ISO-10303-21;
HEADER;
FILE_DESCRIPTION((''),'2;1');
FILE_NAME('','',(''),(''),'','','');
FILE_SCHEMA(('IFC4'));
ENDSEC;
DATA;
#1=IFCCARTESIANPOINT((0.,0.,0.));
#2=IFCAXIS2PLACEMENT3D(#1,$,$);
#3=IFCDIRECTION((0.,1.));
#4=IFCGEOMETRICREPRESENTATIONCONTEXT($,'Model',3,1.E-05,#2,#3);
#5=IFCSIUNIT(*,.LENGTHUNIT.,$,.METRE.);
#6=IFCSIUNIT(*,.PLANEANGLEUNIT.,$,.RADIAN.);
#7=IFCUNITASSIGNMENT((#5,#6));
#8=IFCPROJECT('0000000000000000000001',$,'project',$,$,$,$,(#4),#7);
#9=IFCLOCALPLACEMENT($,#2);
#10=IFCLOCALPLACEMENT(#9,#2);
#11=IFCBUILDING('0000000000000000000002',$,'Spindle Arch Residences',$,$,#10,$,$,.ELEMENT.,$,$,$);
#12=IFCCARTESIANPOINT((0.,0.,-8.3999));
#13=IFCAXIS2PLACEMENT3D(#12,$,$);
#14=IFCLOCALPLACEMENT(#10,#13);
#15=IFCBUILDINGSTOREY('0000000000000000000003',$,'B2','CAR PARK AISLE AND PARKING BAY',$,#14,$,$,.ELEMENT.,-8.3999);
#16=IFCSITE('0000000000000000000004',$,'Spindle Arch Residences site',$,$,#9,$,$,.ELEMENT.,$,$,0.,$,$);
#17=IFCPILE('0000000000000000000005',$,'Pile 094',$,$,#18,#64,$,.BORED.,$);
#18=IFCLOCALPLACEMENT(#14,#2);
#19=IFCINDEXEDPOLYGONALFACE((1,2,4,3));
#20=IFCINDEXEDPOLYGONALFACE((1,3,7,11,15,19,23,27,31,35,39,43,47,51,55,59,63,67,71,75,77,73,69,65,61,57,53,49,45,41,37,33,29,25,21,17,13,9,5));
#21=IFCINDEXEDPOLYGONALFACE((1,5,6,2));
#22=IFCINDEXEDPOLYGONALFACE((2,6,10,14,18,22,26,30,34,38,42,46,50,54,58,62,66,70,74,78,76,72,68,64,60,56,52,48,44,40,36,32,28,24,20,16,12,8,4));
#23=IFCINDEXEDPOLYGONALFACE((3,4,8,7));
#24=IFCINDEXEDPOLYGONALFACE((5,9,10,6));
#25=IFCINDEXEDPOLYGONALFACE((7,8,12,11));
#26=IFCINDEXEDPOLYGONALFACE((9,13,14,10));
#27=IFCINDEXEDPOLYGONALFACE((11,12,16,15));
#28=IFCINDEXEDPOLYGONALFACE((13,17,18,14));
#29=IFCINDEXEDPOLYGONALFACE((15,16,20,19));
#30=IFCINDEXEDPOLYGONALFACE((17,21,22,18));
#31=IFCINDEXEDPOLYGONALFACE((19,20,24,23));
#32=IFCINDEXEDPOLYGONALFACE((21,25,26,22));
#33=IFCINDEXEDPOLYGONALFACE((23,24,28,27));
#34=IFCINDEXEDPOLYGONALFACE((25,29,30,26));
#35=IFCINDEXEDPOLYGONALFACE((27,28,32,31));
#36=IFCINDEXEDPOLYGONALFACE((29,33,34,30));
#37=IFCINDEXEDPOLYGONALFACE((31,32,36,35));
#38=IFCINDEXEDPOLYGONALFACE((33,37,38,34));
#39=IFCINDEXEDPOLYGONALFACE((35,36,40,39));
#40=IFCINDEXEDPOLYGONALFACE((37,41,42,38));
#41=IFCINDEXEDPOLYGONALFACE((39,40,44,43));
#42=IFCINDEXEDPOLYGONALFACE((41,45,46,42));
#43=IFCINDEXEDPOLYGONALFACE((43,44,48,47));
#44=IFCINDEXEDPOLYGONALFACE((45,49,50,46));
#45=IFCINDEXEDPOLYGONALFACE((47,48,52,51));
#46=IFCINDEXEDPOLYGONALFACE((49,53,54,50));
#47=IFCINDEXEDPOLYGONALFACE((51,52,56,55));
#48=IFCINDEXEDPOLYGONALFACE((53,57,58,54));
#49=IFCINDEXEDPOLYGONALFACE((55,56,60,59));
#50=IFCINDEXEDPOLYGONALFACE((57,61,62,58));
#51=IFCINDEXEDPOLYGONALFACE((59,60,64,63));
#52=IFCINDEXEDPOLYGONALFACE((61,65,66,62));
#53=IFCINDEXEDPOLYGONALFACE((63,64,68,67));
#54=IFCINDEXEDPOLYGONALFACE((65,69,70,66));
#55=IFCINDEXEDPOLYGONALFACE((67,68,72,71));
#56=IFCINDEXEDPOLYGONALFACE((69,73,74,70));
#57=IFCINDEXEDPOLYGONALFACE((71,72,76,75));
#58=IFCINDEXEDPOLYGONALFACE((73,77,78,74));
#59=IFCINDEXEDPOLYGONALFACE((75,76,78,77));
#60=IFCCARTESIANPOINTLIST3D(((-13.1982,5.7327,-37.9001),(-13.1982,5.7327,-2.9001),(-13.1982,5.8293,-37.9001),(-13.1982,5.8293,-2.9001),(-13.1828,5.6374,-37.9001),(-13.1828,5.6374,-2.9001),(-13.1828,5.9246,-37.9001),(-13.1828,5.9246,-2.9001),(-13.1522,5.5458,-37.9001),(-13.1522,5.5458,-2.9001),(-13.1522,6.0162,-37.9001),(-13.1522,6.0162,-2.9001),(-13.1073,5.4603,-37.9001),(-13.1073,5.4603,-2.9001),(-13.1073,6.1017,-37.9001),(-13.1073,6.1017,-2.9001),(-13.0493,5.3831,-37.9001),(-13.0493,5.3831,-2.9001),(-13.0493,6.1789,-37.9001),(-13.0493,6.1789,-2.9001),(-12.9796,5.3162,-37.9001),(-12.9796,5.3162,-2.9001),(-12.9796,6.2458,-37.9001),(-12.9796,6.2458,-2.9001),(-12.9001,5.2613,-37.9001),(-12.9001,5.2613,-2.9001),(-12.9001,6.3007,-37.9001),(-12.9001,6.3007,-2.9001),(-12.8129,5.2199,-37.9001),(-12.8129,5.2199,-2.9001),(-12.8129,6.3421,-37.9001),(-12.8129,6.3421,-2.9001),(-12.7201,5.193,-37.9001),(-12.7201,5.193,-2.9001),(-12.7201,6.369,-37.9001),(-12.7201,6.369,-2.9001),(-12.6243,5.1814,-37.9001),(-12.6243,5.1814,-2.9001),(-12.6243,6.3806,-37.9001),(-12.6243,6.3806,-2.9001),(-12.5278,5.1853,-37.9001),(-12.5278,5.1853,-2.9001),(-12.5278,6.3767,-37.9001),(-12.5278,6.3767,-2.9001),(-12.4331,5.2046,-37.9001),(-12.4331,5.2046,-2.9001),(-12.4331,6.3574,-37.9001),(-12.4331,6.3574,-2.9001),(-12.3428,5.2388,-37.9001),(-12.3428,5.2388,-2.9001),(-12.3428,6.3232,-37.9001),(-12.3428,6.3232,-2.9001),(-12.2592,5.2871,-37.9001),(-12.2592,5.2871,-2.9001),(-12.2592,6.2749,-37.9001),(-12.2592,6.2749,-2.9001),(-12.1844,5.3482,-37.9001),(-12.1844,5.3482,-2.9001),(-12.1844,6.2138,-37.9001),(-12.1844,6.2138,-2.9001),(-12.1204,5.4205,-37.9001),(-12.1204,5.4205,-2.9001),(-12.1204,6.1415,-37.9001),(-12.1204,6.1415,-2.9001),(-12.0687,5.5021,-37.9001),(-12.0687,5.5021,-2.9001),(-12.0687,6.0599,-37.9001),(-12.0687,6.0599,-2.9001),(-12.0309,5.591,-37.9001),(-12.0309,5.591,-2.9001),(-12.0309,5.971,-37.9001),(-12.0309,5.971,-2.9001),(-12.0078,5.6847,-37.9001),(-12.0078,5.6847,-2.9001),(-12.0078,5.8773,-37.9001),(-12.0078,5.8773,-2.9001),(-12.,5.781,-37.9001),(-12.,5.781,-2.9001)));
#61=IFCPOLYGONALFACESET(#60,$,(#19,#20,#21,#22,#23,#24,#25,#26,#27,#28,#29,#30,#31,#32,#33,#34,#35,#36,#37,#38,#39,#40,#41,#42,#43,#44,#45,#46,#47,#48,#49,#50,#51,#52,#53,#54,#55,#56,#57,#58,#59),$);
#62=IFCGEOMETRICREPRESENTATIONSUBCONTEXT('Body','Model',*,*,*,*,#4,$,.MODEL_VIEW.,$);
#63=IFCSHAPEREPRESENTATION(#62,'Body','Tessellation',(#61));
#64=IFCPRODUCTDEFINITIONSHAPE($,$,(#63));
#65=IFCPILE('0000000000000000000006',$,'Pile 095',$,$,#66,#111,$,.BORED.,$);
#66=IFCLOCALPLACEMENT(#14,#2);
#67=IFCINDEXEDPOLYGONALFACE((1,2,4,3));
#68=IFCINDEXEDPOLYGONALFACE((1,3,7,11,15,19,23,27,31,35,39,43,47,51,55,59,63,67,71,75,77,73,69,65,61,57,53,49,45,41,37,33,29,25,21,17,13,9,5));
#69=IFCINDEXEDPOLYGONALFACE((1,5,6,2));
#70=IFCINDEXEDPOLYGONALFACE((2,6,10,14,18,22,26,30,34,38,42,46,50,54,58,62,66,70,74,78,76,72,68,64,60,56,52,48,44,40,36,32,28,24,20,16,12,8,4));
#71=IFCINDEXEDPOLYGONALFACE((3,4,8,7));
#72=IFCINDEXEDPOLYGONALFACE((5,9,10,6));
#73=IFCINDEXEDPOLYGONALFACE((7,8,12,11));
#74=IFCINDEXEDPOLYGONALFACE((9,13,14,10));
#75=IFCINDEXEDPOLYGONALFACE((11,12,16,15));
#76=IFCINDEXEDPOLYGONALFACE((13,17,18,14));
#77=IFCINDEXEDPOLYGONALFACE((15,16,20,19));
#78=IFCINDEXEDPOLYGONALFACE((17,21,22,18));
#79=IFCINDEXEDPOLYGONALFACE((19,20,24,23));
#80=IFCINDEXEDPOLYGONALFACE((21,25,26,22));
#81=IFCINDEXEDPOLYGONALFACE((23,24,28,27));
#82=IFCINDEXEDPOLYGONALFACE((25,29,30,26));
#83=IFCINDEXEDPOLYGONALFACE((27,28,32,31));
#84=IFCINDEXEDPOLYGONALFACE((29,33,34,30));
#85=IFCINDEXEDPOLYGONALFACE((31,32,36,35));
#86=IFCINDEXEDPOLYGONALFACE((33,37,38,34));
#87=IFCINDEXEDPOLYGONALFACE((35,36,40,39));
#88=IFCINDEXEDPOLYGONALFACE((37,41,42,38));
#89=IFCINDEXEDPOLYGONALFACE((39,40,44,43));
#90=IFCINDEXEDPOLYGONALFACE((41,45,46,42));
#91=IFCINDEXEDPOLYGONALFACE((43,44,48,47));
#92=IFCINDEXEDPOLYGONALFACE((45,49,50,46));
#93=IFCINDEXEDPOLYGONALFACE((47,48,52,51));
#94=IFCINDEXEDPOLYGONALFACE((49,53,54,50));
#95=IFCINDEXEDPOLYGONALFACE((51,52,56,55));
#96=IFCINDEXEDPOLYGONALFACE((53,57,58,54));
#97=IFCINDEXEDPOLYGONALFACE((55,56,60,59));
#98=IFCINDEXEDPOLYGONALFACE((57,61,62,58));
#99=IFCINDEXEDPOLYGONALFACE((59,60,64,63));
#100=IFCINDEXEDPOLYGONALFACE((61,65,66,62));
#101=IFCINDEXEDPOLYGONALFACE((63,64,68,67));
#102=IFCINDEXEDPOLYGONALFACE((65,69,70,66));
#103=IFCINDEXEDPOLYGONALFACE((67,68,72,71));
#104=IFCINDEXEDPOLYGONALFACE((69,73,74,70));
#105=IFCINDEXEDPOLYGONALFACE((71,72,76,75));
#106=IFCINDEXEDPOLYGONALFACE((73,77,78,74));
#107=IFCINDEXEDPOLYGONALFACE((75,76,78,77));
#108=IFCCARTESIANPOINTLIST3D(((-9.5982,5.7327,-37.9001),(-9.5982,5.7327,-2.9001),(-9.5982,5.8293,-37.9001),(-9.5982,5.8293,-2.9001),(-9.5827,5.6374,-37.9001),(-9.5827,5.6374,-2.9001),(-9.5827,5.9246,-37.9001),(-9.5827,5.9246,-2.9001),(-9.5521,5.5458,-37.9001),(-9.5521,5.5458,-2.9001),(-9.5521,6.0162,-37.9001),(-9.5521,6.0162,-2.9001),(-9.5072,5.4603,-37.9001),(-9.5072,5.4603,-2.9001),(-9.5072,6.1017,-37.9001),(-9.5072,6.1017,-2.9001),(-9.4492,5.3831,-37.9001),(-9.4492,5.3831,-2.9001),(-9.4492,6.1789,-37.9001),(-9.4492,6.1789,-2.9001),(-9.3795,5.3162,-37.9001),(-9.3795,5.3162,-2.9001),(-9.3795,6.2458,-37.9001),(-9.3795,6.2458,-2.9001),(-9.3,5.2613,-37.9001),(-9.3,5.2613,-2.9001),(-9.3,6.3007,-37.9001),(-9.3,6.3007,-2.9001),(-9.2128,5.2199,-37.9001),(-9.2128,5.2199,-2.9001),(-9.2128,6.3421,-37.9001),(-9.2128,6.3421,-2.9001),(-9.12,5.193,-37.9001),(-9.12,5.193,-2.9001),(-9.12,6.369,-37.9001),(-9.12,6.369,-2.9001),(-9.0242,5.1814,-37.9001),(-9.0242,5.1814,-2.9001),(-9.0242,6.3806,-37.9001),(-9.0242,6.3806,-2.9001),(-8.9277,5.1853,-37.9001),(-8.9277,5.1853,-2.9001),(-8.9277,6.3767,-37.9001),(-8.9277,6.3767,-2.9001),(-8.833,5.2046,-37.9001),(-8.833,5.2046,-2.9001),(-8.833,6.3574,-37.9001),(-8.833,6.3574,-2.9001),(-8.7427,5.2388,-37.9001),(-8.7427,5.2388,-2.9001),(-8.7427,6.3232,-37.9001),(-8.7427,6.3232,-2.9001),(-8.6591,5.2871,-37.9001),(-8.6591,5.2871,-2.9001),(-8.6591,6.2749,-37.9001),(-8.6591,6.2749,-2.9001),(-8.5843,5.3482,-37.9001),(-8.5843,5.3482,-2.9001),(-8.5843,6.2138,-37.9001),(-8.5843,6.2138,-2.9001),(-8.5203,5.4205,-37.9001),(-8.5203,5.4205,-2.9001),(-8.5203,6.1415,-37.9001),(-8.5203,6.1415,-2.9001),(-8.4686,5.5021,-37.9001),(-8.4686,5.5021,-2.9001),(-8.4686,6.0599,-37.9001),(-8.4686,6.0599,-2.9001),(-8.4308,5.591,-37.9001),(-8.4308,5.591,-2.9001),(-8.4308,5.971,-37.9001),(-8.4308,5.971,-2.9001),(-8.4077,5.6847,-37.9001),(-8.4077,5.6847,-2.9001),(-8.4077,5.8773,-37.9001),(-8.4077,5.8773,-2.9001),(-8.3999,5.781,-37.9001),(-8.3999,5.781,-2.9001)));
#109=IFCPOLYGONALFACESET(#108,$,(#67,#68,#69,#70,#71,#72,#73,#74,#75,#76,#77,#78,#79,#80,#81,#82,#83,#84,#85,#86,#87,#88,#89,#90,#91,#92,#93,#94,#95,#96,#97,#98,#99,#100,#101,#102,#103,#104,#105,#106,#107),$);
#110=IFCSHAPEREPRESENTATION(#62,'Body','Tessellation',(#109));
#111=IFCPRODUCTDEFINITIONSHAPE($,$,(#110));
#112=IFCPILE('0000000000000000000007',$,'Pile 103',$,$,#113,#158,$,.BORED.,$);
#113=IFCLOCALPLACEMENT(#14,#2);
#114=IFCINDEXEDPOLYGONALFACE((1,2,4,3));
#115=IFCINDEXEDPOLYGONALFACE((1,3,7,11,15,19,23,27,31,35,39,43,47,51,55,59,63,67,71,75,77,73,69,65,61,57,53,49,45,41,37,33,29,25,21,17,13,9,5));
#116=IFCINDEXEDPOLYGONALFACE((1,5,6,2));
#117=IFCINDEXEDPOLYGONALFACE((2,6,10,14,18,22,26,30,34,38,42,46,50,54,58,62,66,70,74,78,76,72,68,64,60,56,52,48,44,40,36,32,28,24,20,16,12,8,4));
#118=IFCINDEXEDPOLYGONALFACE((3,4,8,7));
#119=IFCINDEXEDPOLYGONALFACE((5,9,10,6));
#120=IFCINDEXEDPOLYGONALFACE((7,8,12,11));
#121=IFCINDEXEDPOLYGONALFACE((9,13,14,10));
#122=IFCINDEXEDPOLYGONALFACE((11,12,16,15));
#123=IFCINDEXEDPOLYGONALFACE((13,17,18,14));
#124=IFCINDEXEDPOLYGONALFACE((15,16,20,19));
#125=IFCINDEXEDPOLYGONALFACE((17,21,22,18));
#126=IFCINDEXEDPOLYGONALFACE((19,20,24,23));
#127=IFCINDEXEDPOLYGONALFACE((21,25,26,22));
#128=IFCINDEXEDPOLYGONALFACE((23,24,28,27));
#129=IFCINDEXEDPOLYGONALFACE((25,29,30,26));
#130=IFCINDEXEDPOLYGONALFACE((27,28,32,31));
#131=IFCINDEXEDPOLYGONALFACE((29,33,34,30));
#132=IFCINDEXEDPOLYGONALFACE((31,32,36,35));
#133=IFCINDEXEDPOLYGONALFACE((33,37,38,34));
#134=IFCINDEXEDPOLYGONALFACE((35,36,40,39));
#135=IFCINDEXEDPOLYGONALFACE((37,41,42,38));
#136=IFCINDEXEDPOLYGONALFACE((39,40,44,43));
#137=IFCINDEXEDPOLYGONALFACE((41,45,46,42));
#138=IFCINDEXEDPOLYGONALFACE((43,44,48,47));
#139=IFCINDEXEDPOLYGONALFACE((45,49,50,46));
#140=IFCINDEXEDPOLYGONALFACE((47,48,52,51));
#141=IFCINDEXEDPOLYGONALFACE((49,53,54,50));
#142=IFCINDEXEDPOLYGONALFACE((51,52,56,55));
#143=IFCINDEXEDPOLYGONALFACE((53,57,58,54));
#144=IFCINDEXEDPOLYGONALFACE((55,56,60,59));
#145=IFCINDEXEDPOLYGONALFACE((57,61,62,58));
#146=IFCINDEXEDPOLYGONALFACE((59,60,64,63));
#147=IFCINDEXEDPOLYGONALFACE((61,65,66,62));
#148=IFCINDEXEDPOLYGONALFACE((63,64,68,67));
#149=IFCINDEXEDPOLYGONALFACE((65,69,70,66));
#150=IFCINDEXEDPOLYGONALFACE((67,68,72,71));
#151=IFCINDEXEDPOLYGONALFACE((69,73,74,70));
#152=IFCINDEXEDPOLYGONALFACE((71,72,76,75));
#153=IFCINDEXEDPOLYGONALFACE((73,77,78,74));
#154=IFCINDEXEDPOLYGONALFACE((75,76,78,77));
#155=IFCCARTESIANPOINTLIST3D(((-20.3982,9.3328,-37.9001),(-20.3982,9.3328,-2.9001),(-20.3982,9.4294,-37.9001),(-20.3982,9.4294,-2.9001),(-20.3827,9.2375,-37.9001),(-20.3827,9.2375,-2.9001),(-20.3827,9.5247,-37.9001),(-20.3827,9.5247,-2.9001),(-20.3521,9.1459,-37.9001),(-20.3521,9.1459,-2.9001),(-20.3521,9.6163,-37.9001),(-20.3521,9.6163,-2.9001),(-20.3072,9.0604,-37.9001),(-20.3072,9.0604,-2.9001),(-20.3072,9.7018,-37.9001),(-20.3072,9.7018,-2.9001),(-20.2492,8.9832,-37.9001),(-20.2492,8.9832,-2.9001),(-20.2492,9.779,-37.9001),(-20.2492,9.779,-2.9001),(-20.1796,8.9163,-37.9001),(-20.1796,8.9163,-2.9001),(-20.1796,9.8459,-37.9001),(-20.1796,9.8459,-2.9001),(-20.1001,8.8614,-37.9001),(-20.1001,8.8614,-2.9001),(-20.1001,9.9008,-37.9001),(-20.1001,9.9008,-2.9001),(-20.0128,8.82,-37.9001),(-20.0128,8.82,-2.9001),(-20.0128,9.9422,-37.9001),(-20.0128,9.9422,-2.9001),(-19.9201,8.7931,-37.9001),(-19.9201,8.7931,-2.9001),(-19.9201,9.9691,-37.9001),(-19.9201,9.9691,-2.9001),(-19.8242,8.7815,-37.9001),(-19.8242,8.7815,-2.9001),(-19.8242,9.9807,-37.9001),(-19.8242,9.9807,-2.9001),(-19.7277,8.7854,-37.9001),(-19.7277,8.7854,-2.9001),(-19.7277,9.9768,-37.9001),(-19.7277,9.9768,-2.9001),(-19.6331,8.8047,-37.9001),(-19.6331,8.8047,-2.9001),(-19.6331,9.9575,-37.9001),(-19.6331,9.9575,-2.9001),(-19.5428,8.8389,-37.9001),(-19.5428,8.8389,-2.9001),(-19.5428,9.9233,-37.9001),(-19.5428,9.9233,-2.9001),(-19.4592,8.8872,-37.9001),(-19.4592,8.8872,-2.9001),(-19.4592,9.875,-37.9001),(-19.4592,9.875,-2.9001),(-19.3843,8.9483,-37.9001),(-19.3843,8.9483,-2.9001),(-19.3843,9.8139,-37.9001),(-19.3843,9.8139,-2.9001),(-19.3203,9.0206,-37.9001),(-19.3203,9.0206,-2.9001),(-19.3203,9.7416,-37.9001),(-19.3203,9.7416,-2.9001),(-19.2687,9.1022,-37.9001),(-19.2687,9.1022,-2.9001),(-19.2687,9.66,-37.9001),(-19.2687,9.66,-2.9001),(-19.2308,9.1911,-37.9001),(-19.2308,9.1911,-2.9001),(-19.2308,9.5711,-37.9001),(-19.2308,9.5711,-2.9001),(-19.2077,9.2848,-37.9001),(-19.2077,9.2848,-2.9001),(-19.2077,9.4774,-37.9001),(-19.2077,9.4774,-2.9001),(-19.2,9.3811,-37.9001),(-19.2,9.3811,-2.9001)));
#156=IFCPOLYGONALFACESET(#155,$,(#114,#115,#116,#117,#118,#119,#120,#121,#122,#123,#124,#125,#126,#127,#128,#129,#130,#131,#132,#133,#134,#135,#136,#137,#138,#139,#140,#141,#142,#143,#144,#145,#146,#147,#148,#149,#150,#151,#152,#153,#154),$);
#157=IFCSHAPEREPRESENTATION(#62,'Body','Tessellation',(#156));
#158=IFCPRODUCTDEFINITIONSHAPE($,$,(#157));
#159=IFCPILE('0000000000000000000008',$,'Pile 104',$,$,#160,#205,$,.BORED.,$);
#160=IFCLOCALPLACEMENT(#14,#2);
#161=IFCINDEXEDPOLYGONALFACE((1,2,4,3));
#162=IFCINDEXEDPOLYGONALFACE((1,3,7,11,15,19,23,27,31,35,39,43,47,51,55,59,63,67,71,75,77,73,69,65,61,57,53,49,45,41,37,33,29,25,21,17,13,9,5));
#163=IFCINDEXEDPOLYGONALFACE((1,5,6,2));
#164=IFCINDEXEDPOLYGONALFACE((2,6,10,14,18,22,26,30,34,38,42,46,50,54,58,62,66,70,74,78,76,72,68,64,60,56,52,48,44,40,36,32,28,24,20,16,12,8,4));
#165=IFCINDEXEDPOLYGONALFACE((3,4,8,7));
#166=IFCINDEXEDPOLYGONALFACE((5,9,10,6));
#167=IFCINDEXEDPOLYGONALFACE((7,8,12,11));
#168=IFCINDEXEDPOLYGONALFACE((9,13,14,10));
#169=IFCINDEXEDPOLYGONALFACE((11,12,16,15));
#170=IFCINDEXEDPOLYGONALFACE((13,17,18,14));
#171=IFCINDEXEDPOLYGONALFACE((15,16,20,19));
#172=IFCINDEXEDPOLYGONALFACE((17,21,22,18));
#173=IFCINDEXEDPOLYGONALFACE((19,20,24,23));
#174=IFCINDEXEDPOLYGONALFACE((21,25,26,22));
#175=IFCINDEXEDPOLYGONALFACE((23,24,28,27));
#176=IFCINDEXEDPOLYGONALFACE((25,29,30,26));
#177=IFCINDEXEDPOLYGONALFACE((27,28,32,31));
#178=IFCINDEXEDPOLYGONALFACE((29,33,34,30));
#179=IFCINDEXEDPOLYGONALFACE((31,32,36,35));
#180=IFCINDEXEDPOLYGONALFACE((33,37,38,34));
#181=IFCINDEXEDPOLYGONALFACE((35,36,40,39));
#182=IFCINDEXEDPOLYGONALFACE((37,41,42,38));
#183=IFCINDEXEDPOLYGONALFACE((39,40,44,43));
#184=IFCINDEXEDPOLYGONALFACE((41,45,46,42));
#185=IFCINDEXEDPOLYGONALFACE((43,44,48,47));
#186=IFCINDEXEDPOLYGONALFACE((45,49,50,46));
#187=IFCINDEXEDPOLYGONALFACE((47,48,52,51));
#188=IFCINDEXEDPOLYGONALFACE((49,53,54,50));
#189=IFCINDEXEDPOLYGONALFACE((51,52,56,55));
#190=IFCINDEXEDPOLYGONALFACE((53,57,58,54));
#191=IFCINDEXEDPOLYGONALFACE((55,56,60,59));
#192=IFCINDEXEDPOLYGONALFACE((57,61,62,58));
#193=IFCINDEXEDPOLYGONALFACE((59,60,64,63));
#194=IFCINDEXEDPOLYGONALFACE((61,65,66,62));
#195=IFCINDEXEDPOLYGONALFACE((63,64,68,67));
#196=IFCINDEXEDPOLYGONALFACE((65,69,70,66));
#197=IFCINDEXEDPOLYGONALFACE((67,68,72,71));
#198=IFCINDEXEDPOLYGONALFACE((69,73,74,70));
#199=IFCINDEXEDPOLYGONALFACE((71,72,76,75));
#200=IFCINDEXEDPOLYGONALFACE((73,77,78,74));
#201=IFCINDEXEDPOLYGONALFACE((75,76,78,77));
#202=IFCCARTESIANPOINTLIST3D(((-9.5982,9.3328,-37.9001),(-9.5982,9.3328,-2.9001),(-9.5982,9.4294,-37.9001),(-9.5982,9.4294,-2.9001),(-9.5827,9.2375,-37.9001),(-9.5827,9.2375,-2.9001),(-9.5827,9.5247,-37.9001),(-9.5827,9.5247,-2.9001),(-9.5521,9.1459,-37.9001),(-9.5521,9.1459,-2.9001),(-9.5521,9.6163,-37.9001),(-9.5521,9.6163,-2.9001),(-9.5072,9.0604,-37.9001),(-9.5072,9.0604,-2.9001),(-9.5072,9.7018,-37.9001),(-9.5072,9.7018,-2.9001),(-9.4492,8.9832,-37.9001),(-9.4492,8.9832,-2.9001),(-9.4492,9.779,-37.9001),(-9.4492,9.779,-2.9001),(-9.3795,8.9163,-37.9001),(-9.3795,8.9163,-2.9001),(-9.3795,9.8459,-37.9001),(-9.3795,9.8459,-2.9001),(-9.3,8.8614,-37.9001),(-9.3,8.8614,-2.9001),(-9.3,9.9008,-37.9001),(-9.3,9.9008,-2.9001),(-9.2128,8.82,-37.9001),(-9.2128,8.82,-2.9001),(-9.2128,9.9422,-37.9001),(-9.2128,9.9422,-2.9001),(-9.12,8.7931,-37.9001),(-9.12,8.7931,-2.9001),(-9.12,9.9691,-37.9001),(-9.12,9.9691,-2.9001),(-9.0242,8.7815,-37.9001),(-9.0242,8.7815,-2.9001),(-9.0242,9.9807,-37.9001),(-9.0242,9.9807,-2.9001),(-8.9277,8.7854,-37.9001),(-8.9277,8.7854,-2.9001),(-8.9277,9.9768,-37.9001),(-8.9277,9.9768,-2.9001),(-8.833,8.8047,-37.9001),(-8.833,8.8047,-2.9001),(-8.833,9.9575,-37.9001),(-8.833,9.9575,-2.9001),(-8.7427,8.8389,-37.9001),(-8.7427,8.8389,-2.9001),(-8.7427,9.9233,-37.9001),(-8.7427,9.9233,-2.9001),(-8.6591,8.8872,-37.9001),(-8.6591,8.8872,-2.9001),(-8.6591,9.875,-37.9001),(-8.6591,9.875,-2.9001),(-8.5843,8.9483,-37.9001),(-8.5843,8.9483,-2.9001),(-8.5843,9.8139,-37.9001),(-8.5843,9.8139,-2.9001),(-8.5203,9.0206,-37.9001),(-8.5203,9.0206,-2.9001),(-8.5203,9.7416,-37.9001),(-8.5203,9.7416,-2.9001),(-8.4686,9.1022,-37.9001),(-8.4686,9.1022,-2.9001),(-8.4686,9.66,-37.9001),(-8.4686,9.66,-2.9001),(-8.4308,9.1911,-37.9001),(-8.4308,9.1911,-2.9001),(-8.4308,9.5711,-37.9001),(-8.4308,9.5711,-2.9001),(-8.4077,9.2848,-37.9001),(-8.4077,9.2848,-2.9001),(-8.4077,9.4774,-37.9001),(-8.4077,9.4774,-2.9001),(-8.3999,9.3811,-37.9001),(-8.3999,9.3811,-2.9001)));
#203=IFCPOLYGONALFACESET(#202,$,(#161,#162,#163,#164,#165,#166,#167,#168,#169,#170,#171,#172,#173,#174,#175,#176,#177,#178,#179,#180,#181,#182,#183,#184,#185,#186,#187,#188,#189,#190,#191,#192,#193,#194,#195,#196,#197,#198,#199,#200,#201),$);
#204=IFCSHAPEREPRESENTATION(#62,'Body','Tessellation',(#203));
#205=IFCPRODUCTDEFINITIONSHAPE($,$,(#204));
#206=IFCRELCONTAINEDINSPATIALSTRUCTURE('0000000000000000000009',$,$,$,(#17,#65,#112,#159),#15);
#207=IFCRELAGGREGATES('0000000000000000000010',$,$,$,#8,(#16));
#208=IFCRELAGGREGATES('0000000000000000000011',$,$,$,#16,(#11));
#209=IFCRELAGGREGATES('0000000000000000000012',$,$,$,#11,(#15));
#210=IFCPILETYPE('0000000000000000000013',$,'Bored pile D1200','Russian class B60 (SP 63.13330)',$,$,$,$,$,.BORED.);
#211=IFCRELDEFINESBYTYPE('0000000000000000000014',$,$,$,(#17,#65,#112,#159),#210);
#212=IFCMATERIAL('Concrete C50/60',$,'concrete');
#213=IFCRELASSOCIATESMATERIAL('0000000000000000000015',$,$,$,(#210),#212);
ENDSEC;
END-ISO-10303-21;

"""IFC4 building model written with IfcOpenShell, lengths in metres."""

from ifc_helpers import new_model, si_unit, direction, frame, origin, origin_2d, place, context, subcontext, project, spatial, circle, extrude, material, material_profile, profile_set, type_object, element, save


model = new_model("IFC4")

# Units and contexts
model_context = context("Model", 3, precision=1e-05, world=origin(), true_north=direction((0.0, 1.0)))
body_context = subcontext(model_context, "Body", "Model", "MODEL_VIEW")
ifc_project = project(units=[si_unit("LENGTHUNIT", "METRE"), si_unit("PLANEANGLEUNIT", "RADIAN")], contexts=[model_context])

# Site, building, storey
site_placement = place(None, origin())
site = spatial("IfcSite", under=ifc_project, at=site_placement, Name="Spindle Arch Residences site", CompositionType="ELEMENT", RefElevation=0.0)
building_placement = place(site_placement, origin())
building = spatial("IfcBuilding", under=site, at=building_placement, Name="Spindle Arch Residences", CompositionType="ELEMENT")
storey_placement = place(building_placement, frame((0.0, 0.0, -8.3999)))
storey = spatial("IfcBuildingStorey", under=building, at=storey_placement, Name="B2", Description="CAR PARK AISLE AND PARKING BAY", CompositionType="ELEMENT", Elevation=-8.3999)

# Piles
ifc_material_1 = material(Name="Concrete C50/60", Category="concrete")
ifc_material_profile_1 = material_profile(ifc_material_1, circle(Radius=0.6001, at=origin_2d()), Name="BP D1200")
ifc_profile_set_1 = profile_set([ifc_material_profile_1], Name="Concrete C50/60")
pile_type = type_object("IfcPileType", Name="Bored pile D1200", Description="Russian class B60 (SP 63.13330)", PredefinedType="BORED", material=ifc_profile_set_1)
for number, where, z_axis, x_axis, name in (
    (1, (-12.6001, 5.781, -2.9001), (0.0, 0.0, -1.0), (1.0, 0.0, 0.0), "Pile 094"),
    (2, (-9.0, 5.781, -2.9001), (0.0, 0.0, -1.0), (1.0, 0.0, 0.0), "Pile 095"),
    (3, (-19.8, 9.3811, -2.9001), (0.0, 0.0, -1.0), (1.0, 0.0, 0.0), "Pile 103"),
    (4, (-9.0, 9.3811, -2.9001), (0.0, 0.0, -1.0), (1.0, 0.0, 0.0), "Pile 104"),
):
    element("IfcPile", number, at=place(storey_placement, frame(where, z_axis=z_axis, x_axis=x_axis)), inside=storey, type_object=pile_type, Name=name, PredefinedType="BORED", context=body_context, shape_type="SweptSolid", body=[
        extrude(circle(Radius=0.6001, at=origin_2d()), origin(), (0.0, 0.0, 1.0), 35.0),
    ])

save(model, "model.ifc")
